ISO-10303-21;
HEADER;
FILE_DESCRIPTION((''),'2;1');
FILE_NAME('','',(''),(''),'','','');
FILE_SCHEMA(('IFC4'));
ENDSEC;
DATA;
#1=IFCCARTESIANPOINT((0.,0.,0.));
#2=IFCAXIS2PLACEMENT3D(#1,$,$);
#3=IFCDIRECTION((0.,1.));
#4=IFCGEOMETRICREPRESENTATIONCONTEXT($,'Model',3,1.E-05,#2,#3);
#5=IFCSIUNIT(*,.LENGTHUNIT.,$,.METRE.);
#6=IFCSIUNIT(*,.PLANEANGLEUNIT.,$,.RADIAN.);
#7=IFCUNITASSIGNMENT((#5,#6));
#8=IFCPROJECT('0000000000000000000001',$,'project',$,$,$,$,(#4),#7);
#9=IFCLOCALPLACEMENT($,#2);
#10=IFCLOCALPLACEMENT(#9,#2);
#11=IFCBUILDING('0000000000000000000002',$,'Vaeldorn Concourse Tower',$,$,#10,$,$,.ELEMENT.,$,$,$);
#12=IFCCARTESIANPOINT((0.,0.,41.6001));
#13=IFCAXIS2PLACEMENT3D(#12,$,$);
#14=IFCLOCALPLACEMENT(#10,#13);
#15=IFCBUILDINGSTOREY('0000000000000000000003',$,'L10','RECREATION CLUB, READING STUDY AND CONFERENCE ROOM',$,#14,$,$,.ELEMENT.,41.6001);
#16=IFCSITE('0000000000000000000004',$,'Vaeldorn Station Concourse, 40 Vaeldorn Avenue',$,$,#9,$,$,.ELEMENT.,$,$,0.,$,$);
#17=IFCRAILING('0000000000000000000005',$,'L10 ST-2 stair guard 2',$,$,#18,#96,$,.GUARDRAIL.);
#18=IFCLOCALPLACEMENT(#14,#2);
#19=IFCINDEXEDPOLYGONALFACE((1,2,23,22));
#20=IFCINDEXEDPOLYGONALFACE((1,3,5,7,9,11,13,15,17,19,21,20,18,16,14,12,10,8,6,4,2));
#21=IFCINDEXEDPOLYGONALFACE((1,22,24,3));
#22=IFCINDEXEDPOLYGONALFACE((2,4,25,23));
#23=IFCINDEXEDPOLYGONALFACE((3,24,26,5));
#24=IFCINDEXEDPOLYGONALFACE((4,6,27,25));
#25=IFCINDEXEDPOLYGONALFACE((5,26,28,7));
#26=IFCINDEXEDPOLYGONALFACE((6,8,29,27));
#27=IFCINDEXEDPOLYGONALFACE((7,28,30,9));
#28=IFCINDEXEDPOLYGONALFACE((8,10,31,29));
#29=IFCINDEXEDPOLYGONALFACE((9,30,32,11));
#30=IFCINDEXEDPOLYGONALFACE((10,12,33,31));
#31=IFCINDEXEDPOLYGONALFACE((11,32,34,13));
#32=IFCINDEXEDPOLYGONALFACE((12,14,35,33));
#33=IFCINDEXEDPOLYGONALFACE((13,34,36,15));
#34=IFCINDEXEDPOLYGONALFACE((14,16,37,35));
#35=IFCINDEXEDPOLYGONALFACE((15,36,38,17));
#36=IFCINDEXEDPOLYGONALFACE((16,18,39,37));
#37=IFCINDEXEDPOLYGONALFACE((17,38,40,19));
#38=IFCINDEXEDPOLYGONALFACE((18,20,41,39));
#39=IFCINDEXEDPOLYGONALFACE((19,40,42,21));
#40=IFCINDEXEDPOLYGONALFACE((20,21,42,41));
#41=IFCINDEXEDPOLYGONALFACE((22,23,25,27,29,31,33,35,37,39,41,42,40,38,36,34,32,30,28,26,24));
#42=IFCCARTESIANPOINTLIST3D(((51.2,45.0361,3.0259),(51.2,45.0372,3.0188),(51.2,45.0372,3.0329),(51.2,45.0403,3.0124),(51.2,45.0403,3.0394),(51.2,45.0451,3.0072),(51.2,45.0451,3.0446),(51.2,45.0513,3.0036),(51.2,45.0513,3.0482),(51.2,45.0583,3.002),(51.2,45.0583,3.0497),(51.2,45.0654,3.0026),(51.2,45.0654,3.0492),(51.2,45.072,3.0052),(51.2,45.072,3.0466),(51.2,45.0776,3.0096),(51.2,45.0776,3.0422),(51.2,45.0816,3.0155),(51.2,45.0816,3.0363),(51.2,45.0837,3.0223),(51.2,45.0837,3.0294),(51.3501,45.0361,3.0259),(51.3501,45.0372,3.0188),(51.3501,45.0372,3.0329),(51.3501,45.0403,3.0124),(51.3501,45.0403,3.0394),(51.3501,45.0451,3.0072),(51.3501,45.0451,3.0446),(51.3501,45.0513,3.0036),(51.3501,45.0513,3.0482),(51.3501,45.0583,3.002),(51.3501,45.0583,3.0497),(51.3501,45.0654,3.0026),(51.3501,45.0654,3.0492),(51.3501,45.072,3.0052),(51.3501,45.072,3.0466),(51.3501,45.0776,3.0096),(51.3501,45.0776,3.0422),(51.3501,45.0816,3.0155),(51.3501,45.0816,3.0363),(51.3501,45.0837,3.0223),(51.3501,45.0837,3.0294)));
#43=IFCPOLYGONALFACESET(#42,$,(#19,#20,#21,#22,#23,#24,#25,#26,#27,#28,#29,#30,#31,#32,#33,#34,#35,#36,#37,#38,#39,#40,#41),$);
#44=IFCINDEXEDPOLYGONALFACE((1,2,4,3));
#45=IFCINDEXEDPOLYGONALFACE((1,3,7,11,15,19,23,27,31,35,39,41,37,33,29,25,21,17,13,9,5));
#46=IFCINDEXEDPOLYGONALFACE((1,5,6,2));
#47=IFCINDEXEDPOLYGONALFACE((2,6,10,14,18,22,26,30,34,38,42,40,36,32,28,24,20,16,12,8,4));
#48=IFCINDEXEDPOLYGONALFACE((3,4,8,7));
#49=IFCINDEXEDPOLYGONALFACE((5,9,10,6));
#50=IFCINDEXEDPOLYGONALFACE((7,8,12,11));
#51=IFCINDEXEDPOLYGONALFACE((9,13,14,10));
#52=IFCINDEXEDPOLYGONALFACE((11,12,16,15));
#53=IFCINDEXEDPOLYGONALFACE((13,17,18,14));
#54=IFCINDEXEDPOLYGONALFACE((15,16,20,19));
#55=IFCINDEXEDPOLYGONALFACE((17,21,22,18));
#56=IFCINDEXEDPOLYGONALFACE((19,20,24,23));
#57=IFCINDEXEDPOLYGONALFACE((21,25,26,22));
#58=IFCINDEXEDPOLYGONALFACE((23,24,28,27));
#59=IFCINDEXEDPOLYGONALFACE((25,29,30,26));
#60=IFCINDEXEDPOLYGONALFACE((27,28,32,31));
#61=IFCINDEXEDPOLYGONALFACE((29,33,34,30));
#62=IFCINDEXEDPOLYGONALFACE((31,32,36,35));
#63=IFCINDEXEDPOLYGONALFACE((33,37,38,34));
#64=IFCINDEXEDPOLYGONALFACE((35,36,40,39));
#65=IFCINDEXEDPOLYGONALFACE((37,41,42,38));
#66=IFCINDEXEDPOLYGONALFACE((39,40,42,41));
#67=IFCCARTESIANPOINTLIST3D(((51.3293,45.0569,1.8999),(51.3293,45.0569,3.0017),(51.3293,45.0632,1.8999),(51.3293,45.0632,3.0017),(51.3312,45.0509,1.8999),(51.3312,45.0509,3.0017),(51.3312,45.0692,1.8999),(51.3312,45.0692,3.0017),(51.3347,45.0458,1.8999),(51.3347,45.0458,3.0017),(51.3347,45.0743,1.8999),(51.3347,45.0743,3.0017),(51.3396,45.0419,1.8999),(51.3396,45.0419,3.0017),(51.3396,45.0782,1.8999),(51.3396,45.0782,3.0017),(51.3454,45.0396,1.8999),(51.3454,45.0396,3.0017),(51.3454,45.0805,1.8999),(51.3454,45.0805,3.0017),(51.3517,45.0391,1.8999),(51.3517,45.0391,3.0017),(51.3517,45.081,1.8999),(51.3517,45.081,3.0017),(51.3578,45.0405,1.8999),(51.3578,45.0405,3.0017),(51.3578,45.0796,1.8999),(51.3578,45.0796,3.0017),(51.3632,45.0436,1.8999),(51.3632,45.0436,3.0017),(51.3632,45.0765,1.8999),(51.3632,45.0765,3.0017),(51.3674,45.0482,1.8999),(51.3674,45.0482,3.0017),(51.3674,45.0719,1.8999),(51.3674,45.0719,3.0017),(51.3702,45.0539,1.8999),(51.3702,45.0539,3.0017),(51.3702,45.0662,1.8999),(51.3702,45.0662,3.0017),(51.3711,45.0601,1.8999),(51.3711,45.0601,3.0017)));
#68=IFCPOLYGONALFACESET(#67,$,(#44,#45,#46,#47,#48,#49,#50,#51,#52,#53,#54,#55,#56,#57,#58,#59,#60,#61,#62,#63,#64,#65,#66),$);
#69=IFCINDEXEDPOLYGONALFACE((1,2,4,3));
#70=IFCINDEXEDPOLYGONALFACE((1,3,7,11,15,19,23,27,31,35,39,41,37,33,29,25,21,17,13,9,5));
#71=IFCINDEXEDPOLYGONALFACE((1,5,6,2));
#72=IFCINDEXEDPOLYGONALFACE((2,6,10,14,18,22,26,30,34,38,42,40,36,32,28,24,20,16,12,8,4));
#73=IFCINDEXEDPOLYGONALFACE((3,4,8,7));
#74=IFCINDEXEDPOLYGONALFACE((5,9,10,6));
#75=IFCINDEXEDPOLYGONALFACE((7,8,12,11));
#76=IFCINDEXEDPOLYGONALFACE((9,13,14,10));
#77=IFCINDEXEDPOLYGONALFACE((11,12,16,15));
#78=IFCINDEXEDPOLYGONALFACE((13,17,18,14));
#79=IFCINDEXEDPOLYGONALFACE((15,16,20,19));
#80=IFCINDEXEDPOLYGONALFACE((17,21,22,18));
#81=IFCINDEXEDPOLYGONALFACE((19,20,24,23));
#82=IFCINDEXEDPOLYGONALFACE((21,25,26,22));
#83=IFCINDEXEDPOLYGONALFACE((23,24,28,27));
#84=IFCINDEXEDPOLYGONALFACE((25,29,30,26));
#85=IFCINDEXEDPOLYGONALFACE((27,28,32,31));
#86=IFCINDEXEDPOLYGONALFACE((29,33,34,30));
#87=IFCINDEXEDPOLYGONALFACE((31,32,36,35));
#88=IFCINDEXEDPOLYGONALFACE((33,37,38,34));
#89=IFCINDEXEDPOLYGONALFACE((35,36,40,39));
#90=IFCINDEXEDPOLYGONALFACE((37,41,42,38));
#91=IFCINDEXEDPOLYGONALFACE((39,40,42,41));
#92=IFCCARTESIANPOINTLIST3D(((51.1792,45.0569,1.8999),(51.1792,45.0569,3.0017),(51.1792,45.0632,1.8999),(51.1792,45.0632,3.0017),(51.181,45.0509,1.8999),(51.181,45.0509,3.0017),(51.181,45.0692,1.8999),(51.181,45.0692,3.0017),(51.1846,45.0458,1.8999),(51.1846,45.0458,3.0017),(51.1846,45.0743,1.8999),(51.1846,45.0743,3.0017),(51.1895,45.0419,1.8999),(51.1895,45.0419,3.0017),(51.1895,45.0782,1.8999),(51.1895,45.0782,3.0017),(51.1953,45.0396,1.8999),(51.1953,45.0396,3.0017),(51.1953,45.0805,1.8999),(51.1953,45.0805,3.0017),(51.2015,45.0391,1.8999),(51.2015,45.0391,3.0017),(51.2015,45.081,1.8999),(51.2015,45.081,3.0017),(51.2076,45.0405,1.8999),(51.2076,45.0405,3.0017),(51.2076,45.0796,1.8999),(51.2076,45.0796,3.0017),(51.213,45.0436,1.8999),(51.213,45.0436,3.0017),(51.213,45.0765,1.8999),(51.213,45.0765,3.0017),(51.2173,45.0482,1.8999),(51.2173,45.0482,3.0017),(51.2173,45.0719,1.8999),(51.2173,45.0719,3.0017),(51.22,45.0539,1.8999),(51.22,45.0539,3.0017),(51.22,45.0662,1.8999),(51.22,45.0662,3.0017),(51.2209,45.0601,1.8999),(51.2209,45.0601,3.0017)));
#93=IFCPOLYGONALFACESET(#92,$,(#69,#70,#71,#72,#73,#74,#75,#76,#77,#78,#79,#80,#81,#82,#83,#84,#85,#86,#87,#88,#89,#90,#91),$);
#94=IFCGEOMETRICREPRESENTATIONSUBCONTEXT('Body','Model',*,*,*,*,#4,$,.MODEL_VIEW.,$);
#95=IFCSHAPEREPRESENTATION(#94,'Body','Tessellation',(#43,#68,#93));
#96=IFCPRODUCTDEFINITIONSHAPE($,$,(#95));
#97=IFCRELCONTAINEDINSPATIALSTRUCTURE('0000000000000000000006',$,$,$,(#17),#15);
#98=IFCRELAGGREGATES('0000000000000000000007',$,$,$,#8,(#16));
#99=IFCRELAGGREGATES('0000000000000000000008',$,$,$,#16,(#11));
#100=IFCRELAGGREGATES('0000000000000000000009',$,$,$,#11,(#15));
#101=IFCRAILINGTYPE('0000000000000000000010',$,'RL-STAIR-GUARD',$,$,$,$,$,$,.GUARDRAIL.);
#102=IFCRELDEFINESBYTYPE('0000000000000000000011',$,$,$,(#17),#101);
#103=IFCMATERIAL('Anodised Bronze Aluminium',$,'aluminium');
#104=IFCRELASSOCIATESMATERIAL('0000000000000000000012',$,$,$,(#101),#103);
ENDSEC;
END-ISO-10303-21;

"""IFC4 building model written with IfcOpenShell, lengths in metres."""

from ifc_helpers import new_model, si_unit, direction, frame, origin, origin_2d, place, context, subcontext, project, spatial, circle, extrude, material, type_object, element, save


model = new_model("IFC4")

# Units and contexts
model_context = context("Model", 3, precision=1e-05, world=origin(), true_north=direction((0.0, 1.0)))
body_context = subcontext(model_context, "Body", "Model", "MODEL_VIEW")
ifc_project = project(units=[si_unit("LENGTHUNIT", "METRE"), si_unit("PLANEANGLEUNIT", "RADIAN")], contexts=[model_context])

# Site, building, storey
site_placement = place(None, origin())
site = spatial("IfcSite", under=ifc_project, at=site_placement, Name="Vaeldorn Station Concourse, 40 Vaeldorn Avenue", CompositionType="ELEMENT", RefElevation=0.0)
building_placement = place(site_placement, origin())
building = spatial("IfcBuilding", under=site, at=building_placement, Name="Vaeldorn Concourse Tower", CompositionType="ELEMENT")
storey_placement = place(building_placement, frame((0.0, 0.0, 41.6001)))
storey = spatial("IfcBuildingStorey", under=building, at=storey_placement, Name="L10", Description="RECREATION CLUB, READING STUDY AND CONFERENCE ROOM", CompositionType="ELEMENT", Elevation=41.6001)

# Shared definitions
ifc_material_1 = material(Name="Anodised Bronze Aluminium", Category="aluminium")

# Railing
railing_type_1 = type_object("IfcRailingType", Name="RL-STAIR-GUARD", PredefinedType="GUARDRAIL", material=ifc_material_1)
railing_1_placement = place(storey_placement, frame((51.3501, 45.0601, 1.8999)))
element("IfcRailing", 1, at=railing_1_placement, inside=storey, type_object=railing_type_1, Name="L10 ST-2 stair guard 2", PredefinedType="GUARDRAIL", context=body_context, shape_type="SweptSolid", body=[
    extrude(circle(Radius=0.0239, at=origin_2d()), frame((0.0, 0.0, 1.126), z_axis=(-1.0, 0.0, 0.0), x_axis=(0.0, -1.0, 0.0)), (0.0, 0.0, 1.0), 0.1501),
    extrude(circle(Radius=0.021, at=origin_2d()), origin(), (0.0, 0.0, 1.0), 1.1018),
    extrude(circle(Radius=0.021, at=origin_2d()), frame((-0.1501, 0.0, 0.0)), (0.0, 0.0, 1.0), 1.1018),
])

save(model, "model.ifc")
